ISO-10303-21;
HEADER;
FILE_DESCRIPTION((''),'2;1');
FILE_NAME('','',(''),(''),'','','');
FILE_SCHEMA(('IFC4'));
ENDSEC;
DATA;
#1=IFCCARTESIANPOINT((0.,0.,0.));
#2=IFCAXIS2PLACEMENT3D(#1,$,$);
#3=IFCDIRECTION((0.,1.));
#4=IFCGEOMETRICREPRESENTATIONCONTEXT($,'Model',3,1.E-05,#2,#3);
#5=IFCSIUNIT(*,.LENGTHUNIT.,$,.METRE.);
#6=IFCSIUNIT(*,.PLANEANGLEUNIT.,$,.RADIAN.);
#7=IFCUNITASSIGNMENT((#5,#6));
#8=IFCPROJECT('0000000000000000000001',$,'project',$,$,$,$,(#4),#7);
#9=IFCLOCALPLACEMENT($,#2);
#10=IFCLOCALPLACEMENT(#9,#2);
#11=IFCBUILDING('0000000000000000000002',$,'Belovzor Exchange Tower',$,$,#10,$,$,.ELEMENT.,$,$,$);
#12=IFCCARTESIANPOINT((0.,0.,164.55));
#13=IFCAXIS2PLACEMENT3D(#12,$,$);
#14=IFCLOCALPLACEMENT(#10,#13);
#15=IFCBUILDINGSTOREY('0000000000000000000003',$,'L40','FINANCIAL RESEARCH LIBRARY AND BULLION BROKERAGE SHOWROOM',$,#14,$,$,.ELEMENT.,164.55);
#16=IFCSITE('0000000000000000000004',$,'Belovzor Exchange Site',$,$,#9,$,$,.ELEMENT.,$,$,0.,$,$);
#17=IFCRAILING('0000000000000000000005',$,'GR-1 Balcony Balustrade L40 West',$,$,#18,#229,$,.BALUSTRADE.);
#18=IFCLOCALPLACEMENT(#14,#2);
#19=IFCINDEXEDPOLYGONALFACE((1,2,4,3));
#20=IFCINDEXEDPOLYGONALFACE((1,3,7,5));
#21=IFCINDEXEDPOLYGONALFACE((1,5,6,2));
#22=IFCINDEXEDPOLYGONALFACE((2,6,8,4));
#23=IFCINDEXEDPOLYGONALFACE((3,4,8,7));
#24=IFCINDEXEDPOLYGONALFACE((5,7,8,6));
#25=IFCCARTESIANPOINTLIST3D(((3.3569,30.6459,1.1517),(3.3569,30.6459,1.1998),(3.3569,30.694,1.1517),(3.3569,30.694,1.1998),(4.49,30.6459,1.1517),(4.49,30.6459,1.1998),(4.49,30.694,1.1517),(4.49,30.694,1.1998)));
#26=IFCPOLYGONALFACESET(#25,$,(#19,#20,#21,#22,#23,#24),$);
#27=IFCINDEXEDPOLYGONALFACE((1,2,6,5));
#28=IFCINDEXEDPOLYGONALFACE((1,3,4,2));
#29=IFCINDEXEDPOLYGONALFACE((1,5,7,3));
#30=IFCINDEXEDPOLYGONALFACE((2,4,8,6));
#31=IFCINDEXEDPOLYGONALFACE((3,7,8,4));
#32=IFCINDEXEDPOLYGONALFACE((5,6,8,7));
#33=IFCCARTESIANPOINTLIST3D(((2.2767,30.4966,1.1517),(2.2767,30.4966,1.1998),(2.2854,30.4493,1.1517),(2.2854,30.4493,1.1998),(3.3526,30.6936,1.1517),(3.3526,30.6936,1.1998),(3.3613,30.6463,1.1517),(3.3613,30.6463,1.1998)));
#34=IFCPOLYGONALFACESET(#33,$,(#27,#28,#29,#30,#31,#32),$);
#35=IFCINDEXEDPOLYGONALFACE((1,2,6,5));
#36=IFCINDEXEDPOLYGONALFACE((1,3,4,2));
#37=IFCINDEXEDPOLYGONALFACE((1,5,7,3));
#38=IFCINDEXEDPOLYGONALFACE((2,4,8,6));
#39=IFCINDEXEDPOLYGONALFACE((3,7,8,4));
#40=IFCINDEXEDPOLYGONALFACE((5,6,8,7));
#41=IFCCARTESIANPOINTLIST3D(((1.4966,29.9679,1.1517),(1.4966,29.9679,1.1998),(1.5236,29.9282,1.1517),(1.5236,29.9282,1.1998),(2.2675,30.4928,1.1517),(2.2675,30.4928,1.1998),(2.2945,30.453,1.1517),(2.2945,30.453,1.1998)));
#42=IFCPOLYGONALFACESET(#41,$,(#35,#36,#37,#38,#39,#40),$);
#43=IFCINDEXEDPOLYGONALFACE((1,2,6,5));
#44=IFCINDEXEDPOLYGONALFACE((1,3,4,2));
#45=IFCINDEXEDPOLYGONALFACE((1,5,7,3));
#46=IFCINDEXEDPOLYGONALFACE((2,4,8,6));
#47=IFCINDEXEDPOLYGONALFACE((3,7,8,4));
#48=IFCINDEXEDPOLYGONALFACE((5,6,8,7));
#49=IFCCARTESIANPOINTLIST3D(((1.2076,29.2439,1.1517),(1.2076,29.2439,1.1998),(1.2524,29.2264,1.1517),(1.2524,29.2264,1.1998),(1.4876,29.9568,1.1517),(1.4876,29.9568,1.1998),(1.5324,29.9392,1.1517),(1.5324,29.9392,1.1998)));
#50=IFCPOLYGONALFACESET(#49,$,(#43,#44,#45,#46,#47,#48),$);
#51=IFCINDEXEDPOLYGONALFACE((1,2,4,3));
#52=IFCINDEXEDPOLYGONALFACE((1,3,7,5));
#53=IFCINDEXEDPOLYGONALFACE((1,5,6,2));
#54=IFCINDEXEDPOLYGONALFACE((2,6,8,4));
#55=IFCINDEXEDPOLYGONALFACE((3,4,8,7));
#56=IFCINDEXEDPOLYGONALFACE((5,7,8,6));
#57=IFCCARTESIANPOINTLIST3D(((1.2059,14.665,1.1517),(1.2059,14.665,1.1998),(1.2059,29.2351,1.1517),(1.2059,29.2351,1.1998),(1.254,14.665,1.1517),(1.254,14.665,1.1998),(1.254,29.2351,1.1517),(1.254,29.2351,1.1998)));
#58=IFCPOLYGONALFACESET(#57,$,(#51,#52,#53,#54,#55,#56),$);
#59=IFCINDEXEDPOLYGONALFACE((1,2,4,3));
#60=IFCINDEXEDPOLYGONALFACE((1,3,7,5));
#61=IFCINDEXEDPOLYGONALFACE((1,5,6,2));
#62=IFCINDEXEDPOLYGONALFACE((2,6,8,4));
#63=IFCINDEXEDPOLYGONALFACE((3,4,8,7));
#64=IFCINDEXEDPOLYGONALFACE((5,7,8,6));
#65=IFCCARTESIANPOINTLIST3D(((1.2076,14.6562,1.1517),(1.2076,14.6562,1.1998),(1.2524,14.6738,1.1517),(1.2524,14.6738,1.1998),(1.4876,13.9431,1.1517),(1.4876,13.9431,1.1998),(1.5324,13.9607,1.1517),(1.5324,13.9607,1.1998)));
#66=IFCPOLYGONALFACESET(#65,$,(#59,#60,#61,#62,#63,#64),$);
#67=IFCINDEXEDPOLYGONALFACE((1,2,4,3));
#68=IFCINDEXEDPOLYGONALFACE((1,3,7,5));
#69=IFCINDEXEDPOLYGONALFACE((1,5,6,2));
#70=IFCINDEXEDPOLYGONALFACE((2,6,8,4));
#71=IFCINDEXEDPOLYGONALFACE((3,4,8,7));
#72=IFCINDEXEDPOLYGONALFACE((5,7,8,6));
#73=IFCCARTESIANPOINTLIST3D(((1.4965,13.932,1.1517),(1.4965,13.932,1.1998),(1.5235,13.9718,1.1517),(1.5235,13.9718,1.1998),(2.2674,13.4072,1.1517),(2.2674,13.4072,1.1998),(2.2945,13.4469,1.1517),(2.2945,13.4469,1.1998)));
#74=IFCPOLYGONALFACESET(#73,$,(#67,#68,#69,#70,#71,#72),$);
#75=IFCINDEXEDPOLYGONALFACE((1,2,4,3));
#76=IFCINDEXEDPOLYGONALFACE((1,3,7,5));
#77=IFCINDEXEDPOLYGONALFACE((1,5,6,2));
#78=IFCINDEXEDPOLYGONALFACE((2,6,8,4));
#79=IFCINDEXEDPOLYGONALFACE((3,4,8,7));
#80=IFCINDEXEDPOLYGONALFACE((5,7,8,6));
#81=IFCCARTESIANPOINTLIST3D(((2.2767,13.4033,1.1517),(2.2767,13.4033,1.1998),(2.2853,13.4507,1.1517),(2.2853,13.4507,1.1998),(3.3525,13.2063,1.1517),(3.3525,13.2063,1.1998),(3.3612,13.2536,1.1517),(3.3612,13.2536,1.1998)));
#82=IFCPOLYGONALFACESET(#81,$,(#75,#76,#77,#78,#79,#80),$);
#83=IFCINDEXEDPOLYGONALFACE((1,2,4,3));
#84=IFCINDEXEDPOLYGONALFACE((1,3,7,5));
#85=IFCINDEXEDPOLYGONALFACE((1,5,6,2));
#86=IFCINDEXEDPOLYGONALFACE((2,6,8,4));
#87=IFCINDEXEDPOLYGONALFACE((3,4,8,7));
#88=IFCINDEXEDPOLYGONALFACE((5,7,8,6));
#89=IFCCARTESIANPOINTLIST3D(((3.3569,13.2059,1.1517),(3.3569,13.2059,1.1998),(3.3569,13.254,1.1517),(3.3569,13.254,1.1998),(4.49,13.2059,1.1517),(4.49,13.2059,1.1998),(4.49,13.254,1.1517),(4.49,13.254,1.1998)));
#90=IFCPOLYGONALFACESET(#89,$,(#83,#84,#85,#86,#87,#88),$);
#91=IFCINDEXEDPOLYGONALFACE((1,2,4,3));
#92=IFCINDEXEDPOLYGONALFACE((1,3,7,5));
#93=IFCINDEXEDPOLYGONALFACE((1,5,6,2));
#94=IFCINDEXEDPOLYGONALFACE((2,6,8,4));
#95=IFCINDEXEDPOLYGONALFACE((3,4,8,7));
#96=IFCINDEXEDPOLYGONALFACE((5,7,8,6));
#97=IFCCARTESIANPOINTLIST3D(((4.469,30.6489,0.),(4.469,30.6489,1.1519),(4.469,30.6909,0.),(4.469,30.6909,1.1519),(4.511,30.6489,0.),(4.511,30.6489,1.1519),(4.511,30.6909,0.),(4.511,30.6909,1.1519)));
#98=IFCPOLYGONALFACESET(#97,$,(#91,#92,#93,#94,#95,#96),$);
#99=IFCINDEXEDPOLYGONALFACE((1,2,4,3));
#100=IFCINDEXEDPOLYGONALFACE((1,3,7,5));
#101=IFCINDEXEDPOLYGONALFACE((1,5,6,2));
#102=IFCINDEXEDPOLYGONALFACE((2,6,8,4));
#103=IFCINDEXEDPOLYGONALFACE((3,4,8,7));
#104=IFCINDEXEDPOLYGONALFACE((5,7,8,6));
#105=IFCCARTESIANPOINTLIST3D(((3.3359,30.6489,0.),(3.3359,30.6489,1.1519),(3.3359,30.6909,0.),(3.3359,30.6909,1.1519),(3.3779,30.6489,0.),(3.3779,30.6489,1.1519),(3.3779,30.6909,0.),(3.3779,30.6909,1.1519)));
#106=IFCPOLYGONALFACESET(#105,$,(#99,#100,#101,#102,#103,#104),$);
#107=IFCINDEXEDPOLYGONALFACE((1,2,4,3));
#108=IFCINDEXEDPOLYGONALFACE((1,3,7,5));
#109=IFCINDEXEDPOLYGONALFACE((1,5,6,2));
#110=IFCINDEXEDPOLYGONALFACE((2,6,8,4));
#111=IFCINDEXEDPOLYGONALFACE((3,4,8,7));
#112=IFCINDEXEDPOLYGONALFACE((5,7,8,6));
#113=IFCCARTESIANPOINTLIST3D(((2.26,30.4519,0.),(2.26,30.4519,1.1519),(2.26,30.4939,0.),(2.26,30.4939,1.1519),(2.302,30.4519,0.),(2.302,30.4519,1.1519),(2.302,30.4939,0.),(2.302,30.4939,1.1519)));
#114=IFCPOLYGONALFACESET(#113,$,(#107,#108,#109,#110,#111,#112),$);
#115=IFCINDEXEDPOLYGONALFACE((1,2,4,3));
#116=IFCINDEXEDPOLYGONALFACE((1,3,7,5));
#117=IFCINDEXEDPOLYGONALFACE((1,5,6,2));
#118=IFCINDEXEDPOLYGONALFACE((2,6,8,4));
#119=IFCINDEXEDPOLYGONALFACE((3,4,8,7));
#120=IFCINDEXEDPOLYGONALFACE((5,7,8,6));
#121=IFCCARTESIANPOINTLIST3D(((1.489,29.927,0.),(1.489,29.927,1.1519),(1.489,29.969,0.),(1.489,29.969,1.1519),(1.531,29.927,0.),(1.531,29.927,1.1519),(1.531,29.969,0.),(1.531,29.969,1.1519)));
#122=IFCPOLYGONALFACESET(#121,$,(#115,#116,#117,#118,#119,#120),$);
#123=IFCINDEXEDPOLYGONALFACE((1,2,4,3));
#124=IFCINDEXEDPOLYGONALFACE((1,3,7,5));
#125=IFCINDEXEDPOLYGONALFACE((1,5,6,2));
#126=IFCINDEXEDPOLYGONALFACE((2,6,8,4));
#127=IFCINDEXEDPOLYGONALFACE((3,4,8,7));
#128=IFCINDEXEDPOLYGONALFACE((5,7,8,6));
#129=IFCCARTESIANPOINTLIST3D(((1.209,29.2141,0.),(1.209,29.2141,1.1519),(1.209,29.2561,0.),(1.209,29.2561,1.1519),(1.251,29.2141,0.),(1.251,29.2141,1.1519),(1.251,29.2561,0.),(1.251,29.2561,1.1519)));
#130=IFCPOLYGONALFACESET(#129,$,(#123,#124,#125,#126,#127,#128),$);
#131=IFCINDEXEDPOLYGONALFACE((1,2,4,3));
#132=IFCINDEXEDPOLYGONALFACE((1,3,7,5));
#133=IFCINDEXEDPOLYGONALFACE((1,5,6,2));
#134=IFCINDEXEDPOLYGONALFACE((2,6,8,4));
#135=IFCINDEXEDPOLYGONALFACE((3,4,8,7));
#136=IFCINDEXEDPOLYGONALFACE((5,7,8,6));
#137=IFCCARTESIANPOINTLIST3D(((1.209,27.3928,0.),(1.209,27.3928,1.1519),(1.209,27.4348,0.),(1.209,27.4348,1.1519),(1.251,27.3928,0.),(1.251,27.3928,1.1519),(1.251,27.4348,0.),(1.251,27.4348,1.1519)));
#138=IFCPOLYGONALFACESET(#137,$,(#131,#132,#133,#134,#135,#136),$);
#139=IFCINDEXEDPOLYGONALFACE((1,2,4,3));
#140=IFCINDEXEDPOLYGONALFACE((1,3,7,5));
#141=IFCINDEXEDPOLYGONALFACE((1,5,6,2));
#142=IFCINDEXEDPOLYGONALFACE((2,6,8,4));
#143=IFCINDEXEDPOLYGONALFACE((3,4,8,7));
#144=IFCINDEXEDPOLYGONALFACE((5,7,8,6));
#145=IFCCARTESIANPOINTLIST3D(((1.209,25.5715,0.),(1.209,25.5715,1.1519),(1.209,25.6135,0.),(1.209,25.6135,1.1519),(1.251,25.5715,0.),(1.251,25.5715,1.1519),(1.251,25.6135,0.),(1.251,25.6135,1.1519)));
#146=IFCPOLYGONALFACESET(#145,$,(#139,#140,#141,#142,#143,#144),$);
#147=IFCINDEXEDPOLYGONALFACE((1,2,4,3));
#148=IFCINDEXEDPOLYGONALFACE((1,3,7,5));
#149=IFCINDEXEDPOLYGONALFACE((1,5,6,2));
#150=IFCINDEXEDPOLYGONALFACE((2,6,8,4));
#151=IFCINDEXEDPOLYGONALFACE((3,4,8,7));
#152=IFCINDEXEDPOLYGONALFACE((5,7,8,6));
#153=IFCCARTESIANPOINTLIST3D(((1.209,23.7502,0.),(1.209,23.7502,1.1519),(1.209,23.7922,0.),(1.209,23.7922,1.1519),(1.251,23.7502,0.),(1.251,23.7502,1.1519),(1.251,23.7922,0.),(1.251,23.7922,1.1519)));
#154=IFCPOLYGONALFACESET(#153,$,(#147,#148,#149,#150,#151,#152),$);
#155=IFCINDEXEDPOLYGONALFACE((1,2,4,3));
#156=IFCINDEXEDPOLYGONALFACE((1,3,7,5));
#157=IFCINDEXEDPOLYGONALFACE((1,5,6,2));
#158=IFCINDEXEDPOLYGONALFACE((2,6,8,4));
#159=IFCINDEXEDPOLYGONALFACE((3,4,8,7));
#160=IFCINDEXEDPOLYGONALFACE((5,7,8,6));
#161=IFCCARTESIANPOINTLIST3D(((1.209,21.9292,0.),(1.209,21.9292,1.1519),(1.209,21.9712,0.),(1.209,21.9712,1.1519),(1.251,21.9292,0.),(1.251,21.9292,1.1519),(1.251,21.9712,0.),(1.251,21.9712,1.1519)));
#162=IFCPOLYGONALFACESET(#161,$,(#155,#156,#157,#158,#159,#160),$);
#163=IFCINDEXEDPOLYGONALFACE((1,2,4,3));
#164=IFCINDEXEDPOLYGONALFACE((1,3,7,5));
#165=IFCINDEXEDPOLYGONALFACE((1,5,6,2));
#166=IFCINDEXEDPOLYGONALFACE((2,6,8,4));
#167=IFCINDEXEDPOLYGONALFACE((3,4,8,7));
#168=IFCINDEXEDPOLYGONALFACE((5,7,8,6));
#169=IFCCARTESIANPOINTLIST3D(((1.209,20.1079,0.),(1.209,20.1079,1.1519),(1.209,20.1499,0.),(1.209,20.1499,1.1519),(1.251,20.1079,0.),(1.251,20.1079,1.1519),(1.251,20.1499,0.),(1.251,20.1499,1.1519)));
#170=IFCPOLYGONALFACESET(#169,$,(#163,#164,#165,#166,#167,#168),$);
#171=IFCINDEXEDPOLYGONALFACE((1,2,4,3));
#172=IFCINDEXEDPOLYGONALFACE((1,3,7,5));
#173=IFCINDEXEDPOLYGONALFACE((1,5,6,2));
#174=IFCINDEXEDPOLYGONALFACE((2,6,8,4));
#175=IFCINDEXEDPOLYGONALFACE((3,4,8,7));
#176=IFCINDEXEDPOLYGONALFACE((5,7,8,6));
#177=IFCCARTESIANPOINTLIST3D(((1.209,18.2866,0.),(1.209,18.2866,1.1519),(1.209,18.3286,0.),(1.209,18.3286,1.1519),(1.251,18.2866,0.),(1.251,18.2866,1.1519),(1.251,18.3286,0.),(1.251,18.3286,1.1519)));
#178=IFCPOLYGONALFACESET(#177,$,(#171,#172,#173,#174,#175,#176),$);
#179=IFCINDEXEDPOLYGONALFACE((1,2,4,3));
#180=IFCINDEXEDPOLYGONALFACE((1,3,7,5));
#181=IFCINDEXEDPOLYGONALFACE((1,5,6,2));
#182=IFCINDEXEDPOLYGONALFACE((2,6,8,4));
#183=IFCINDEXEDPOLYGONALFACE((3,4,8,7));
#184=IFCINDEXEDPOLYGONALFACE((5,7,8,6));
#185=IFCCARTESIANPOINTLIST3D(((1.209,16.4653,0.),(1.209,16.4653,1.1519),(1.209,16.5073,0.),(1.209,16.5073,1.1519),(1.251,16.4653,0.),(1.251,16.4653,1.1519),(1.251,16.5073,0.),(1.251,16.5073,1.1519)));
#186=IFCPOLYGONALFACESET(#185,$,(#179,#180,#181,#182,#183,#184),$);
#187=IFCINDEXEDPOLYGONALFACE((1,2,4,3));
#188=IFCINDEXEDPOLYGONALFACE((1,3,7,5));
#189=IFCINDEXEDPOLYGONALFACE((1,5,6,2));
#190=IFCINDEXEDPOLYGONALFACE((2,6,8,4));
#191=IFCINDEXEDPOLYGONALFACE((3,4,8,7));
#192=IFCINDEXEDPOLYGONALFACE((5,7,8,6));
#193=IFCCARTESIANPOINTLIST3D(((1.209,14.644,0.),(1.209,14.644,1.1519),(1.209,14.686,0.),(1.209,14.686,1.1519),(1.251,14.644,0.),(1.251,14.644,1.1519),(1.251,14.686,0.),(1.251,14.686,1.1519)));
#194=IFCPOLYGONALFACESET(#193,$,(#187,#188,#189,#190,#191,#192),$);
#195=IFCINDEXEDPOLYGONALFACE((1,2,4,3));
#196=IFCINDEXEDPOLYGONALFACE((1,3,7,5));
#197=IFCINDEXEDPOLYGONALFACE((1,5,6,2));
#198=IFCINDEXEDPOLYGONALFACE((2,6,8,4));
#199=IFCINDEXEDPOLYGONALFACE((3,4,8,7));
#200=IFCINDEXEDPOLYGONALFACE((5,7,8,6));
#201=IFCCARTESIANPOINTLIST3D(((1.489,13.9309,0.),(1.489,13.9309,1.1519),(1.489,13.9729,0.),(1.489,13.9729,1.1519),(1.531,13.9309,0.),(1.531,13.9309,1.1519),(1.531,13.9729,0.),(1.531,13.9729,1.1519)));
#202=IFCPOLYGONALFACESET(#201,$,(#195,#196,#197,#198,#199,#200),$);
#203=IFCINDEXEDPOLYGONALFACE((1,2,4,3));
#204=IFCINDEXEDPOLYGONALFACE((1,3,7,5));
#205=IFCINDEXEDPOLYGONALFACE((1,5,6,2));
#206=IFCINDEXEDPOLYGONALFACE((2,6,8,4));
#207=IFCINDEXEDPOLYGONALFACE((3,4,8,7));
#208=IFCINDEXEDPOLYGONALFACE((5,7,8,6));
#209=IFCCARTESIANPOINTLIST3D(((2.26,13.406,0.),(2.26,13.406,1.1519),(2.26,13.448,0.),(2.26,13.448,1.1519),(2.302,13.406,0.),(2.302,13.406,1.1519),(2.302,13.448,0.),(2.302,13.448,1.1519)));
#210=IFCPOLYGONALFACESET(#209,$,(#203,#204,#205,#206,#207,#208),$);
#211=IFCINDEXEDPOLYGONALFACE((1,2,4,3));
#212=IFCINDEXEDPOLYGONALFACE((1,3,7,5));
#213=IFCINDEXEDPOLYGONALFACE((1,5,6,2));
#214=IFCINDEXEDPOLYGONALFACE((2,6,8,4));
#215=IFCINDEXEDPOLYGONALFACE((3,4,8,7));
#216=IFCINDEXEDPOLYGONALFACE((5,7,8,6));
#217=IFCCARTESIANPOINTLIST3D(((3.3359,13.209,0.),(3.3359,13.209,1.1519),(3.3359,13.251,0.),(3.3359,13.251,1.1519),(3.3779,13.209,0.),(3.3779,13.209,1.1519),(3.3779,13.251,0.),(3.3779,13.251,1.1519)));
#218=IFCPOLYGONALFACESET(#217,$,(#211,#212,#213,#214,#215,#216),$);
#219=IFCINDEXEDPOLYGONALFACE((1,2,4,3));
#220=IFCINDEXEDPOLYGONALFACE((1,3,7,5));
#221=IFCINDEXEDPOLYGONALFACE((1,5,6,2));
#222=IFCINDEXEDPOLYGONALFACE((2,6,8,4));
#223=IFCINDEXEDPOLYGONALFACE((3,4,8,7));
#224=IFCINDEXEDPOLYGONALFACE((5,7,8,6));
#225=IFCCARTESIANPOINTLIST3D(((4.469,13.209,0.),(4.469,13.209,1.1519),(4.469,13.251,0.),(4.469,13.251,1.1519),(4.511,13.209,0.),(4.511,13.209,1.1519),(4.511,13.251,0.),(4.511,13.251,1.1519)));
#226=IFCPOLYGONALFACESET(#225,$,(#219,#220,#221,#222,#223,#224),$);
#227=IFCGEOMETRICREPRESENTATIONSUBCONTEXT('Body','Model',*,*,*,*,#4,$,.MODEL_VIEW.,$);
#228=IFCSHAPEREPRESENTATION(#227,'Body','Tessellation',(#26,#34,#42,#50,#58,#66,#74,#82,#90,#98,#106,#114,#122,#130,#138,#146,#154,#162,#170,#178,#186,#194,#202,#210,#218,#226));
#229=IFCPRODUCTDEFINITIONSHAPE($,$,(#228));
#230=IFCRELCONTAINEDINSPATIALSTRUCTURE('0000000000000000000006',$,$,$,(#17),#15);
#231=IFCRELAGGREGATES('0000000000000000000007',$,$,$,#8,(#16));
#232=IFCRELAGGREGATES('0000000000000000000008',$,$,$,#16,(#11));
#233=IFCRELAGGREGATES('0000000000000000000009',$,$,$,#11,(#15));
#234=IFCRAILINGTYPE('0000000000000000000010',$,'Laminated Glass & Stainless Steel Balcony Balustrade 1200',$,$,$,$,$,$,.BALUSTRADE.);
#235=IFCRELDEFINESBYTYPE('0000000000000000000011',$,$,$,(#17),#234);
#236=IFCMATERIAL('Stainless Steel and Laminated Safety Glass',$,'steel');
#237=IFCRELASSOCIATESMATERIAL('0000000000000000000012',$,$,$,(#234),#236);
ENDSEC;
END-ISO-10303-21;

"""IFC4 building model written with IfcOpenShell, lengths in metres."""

from ifc_helpers import new_model, si_unit, direction, frame, origin, origin_2d, place, context, subcontext, project, spatial, rectangle, extrude, material, type_object, element, save


model = new_model("IFC4")

# Units and contexts
model_context = context("Model", 3, precision=1e-05, world=origin(), true_north=direction((0.0, 1.0)))
body_context = subcontext(model_context, "Body", "Model", "MODEL_VIEW")
ifc_project = project(units=[si_unit("LENGTHUNIT", "METRE"), si_unit("PLANEANGLEUNIT", "RADIAN")], contexts=[model_context])

# Site, building, storey
site_placement = place(None, origin())
site = spatial("IfcSite", under=ifc_project, at=site_placement, Name="Belovzor Exchange Site", CompositionType="ELEMENT", RefElevation=0.0)
building_placement = place(site_placement, origin())
building = spatial("IfcBuilding", under=site, at=building_placement, Name="Belovzor Exchange Tower", CompositionType="ELEMENT")
storey_placement = place(building_placement, frame((0.0, 0.0, 164.55)))
storey = spatial("IfcBuildingStorey", under=building, at=storey_placement, Name="L40", Description="FINANCIAL RESEARCH LIBRARY AND BULLION BROKERAGE SHOWROOM", CompositionType="ELEMENT", Elevation=164.55)

# Railing
ifc_material_1 = material(Name="Stainless Steel and Laminated Safety Glass", Category="steel")
railing_type = type_object("IfcRailingType", Name="Laminated Glass & Stainless Steel Balcony Balustrade 1200", PredefinedType="BALUSTRADE", material=ifc_material_1)
railing_placement = place(storey_placement, frame((4.49, 30.6699, 0.0)))
element("IfcRailing", 1, at=railing_placement, inside=storey, type_object=railing_type, Name="GR-1 Balcony Balustrade L40 West", PredefinedType="BALUSTRADE", context=body_context, shape_type="SweptSolid", body=[
    extrude(rectangle(XDim=0.0481, YDim=0.0481, at=origin_2d()), frame((0.0, 0.0, 1.1758), z_axis=(-1.0, 0.0, 0.0), x_axis=(0.0, -1.0, 0.0)), (0.0, 0.0, 1.0), 1.1331),
    extrude(rectangle(XDim=0.0481, YDim=0.0481, at=origin_2d()), frame((-1.1331, 0.0, 1.1758), z_axis=(-0.983644, -0.180123, 0.0), x_axis=(0.180123, -0.983644, 0.0)), (0.0, 0.0, 1.0), 1.0938),
    extrude(rectangle(XDim=0.0481, YDim=0.0481, at=origin_2d()), frame((-2.209, -0.197, 1.1758), z_axis=(-0.826615, -0.562768, 0.0), x_axis=(0.562768, -0.826615, 0.0)), (0.0, 0.0, 1.0), 0.9326),
    extrude(rectangle(XDim=0.0481, YDim=0.0481, at=origin_2d()), frame((-2.98, -0.7219, 1.1758), z_axis=(-0.365613, -0.930767, 0.0), x_axis=(0.930767, -0.365613, 0.0)), (0.0, 0.0, 1.0), 0.7659),
    extrude(rectangle(XDim=0.0481, YDim=0.0481, at=origin_2d()), frame((-3.26, -1.4348, 1.1758), z_axis=(0.0, -1.0, 0.0), x_axis=(1.0, 0.0, 0.0)), (0.0, 0.0, 1.0), 14.5701),
    extrude(rectangle(XDim=0.0481, YDim=0.0481, at=origin_2d()), frame((-3.26, -16.0049, 1.1758), z_axis=(0.365504, -0.93081, 0.0), x_axis=(0.93081, 0.365504, 0.0)), (0.0, 0.0, 1.0), 0.7661),
    extrude(rectangle(XDim=0.0481, YDim=0.0481, at=origin_2d()), frame((-2.98, -16.718, 1.1758), z_axis=(0.826615, -0.562768, 0.0), x_axis=(0.562768, 0.826615, 0.0)), (0.0, 0.0, 1.0), 0.9326),
    extrude(rectangle(XDim=0.0481, YDim=0.0481, at=origin_2d()), frame((-2.209, -17.2429, 1.1758), z_axis=(0.983644, -0.180123, 0.0), x_axis=(0.180123, 0.983644, 0.0)), (0.0, 0.0, 1.0), 1.0938),
    extrude(rectangle(XDim=0.0481, YDim=0.0481, at=origin_2d()), frame((-1.1331, -17.4399, 1.1758), z_axis=(1.0, 0.0, 0.0), x_axis=(0.0, 1.0, 0.0)), (0.0, 0.0, 1.0), 1.1331),
    extrude(rectangle(XDim=0.042, YDim=0.042, at=origin_2d()), origin(), (0.0, 0.0, 1.0), 1.1519),
    extrude(rectangle(XDim=0.042, YDim=0.042, at=origin_2d()), frame((-1.1331, 0.0, 0.0)), (0.0, 0.0, 1.0), 1.1519),
    extrude(rectangle(XDim=0.042, YDim=0.042, at=origin_2d()), frame((-2.209, -0.197, 0.0)), (0.0, 0.0, 1.0), 1.1519),
    extrude(rectangle(XDim=0.042, YDim=0.042, at=origin_2d()), frame((-2.98, -0.7219, 0.0)), (0.0, 0.0, 1.0), 1.1519),
    extrude(rectangle(XDim=0.042, YDim=0.042, at=origin_2d()), frame((-3.26, -1.4348, 0.0)), (0.0, 0.0, 1.0), 1.1519),
    extrude(rectangle(XDim=0.042, YDim=0.042, at=origin_2d()), frame((-3.26, -3.2561, 0.0)), (0.0, 0.0, 1.0), 1.1519),
    extrude(rectangle(XDim=0.042, YDim=0.042, at=origin_2d()), frame((-3.26, -5.0774, 0.0)), (0.0, 0.0, 1.0), 1.1519),
    extrude(rectangle(XDim=0.042, YDim=0.042, at=origin_2d()), frame((-3.26, -6.8987, 0.0)), (0.0, 0.0, 1.0), 1.1519),
    extrude(rectangle(XDim=0.042, YDim=0.042, at=origin_2d()), frame((-3.26, -8.7197, 0.0)), (0.0, 0.0, 1.0), 1.1519),
    extrude(rectangle(XDim=0.042, YDim=0.042, at=origin_2d()), frame((-3.26, -10.541, 0.0)), (0.0, 0.0, 1.0), 1.1519),
    extrude(rectangle(XDim=0.042, YDim=0.042, at=origin_2d()), frame((-3.26, -12.3623, 0.0)), (0.0, 0.0, 1.0), 1.1519),
    extrude(rectangle(XDim=0.042, YDim=0.042, at=origin_2d()), frame((-3.26, -14.1836, 0.0)), (0.0, 0.0, 1.0), 1.1519),
    extrude(rectangle(XDim=0.042, YDim=0.042, at=origin_2d()), frame((-3.26, -16.0049, 0.0)), (0.0, 0.0, 1.0), 1.1519),
    extrude(rectangle(XDim=0.042, YDim=0.042, at=origin_2d()), frame((-2.98, -16.718, 0.0)), (0.0, 0.0, 1.0), 1.1519),
    extrude(rectangle(XDim=0.042, YDim=0.042, at=origin_2d()), frame((-2.209, -17.2429, 0.0)), (0.0, 0.0, 1.0), 1.1519),
    extrude(rectangle(XDim=0.042, YDim=0.042, at=origin_2d()), frame((-1.1331, -17.4399, 0.0)), (0.0, 0.0, 1.0), 1.1519),
    extrude(rectangle(XDim=0.042, YDim=0.042, at=origin_2d()), frame((0.0, -17.4399, 0.0)), (0.0, 0.0, 1.0), 1.1519),
])

save(model, "model.ifc")
